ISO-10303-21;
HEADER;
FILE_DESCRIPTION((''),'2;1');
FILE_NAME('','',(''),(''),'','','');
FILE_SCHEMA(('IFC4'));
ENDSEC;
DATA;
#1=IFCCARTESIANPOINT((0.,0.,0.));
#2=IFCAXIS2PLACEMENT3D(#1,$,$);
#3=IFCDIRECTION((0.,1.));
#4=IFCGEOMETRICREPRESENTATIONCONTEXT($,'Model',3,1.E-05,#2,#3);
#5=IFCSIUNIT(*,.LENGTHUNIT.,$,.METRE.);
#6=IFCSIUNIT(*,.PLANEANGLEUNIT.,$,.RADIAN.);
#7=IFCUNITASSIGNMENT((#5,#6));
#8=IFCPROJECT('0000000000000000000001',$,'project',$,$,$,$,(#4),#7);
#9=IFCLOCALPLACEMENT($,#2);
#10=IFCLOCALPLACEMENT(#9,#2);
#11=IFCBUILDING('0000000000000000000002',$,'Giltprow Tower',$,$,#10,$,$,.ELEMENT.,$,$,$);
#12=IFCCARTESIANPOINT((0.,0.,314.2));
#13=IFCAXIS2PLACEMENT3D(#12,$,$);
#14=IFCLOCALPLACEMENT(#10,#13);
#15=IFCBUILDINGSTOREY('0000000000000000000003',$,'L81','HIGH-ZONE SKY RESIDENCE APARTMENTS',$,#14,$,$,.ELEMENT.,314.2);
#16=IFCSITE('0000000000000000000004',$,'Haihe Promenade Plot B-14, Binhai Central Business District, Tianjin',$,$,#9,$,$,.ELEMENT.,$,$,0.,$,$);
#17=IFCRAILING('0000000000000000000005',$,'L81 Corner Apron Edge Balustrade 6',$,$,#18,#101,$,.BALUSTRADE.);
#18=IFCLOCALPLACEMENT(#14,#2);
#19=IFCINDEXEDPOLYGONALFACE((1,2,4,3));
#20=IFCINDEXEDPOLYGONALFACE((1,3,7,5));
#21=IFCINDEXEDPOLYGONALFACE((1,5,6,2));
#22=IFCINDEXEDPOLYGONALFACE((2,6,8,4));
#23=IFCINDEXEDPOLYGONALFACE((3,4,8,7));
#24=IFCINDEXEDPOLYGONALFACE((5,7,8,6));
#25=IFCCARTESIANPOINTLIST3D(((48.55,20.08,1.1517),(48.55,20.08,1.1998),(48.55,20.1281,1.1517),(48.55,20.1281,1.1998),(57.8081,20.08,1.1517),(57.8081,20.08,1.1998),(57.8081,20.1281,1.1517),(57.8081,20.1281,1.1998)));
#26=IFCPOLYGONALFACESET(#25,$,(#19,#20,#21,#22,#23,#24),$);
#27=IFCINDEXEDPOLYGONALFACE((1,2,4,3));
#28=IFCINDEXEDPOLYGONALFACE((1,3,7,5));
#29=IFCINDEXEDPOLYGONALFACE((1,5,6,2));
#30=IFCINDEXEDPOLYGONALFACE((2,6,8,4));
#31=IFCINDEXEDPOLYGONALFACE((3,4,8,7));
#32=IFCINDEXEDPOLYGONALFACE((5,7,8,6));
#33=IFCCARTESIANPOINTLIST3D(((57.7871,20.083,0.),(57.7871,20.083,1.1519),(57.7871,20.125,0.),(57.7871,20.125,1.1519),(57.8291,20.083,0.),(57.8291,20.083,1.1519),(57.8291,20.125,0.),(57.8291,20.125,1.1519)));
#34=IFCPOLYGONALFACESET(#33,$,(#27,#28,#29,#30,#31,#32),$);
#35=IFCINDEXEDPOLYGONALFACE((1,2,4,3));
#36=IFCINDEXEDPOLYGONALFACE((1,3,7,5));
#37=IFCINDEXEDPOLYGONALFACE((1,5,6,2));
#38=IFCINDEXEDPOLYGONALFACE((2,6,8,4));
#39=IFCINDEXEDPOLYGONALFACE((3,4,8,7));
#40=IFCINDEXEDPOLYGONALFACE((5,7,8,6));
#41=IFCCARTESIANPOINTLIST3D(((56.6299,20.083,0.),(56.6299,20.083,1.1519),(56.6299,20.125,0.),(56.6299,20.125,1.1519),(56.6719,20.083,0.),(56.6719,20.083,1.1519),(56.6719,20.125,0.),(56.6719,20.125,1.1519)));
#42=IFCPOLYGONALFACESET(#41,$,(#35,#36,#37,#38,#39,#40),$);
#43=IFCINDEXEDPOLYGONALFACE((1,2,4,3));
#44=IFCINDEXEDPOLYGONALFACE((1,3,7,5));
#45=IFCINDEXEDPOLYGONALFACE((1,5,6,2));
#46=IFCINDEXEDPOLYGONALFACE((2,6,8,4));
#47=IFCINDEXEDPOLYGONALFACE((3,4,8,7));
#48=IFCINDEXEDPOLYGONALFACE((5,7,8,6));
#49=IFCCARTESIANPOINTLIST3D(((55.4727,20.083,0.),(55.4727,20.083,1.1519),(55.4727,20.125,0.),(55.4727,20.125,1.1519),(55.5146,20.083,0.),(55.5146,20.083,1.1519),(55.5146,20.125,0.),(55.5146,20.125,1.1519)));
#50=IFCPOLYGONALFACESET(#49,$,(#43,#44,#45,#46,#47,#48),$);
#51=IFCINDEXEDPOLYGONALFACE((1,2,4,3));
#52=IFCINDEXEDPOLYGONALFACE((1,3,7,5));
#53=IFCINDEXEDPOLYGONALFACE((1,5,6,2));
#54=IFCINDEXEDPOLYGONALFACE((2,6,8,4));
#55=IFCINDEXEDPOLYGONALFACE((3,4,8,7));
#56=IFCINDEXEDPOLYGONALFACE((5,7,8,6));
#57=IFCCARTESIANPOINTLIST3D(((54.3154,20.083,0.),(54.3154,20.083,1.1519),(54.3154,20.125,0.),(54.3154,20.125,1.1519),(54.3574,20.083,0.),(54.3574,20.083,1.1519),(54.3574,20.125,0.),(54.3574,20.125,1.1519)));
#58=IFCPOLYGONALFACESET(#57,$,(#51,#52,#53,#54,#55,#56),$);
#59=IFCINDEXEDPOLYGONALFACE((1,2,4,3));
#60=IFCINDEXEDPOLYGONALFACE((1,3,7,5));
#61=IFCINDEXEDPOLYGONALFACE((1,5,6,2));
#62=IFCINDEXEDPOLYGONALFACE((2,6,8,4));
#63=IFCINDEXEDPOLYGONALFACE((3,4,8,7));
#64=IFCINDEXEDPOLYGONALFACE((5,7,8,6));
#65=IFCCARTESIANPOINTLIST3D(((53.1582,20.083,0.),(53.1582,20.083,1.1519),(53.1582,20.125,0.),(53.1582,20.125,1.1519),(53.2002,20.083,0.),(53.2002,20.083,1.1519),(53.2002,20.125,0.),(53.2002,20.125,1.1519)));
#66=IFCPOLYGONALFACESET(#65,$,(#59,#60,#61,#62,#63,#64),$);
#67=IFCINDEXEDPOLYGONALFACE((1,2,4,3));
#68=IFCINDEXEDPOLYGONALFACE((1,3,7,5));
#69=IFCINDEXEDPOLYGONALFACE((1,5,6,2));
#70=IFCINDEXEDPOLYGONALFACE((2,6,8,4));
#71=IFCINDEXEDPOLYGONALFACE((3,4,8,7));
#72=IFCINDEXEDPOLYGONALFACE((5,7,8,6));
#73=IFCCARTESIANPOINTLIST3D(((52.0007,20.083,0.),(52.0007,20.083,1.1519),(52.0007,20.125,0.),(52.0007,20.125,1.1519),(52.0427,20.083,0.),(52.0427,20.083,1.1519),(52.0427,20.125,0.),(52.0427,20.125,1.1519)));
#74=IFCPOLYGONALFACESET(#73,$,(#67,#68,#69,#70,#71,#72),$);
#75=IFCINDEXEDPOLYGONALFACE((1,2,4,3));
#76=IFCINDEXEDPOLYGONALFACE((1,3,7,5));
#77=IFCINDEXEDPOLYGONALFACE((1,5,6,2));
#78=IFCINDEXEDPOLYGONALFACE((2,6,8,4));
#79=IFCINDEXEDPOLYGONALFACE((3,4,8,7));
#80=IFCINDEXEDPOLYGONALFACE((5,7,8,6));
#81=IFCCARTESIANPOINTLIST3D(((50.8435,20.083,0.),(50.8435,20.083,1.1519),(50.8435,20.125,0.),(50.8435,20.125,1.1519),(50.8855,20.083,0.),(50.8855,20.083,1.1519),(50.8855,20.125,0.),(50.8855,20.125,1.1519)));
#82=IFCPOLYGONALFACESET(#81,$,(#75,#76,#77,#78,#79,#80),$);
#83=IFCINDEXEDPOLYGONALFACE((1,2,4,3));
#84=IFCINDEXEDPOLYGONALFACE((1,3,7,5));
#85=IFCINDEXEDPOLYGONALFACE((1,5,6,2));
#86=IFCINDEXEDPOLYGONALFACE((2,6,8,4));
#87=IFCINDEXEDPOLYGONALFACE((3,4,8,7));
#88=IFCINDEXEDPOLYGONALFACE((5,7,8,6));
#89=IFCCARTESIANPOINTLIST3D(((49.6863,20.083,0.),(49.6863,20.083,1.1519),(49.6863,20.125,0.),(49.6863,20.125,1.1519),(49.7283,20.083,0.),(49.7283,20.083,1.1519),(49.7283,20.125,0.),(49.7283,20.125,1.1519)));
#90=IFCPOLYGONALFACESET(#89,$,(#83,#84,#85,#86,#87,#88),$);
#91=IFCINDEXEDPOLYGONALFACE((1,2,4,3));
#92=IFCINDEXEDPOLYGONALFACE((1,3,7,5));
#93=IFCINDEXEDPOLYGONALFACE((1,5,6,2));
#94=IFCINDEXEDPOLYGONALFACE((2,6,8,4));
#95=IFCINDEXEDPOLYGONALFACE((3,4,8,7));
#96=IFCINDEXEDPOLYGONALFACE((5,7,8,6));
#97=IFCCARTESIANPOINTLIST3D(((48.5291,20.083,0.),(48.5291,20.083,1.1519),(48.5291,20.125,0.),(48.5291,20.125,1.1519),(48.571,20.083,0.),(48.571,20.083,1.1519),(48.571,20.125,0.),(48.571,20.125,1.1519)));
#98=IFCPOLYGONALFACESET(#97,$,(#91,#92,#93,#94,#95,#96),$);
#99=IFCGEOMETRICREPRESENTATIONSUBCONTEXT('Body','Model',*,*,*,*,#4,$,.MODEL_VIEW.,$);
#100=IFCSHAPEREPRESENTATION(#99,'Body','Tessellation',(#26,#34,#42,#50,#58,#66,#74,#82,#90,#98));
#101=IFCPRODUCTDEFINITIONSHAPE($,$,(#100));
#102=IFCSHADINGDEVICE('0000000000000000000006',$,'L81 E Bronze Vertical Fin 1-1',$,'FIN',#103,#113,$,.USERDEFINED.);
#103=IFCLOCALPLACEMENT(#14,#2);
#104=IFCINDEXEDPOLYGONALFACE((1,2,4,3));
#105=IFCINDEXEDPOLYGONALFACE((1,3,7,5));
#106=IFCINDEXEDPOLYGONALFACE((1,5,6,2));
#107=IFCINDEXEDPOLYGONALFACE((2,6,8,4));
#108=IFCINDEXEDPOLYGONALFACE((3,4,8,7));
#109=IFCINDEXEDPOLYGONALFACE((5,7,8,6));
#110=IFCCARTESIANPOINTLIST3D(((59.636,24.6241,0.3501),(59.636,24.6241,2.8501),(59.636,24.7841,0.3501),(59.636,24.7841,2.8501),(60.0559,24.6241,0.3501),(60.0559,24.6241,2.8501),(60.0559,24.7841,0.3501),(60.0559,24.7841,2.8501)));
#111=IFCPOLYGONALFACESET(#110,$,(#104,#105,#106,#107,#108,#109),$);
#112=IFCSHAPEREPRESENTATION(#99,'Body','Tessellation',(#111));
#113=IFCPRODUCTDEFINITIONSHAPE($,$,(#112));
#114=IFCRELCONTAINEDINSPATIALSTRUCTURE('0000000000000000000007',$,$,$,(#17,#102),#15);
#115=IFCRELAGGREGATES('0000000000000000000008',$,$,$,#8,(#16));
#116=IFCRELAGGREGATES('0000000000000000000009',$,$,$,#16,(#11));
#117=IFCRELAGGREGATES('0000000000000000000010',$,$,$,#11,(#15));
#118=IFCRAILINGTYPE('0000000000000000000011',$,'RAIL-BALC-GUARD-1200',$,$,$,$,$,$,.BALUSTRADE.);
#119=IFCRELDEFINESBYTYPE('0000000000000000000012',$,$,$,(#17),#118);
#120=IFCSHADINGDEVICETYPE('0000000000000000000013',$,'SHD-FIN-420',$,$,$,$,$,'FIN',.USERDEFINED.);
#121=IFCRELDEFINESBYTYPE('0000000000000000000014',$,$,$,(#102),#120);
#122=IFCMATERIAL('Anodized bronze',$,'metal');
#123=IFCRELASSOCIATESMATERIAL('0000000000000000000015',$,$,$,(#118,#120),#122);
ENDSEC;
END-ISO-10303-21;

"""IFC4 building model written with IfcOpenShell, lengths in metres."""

from ifc_helpers import new_model, si_unit, direction, frame, origin, origin_2d, place, context, subcontext, project, spatial, rectangle, extrude, source, transform, mapped, material, type_object, element, save


model = new_model("IFC4")

# Units and contexts
model_context = context("Model", 3, precision=1e-05, world=origin(), true_north=direction((0.0, 1.0)))
body_context = subcontext(model_context, "Body", "Model", "MODEL_VIEW")
ifc_project = project(units=[si_unit("LENGTHUNIT", "METRE"), si_unit("PLANEANGLEUNIT", "RADIAN")], contexts=[model_context])

# Site, building, storey
site_placement = place(None, origin())
site = spatial("IfcSite", under=ifc_project, at=site_placement, Name="Haihe Promenade Plot B-14, Binhai Central Business District, Tianjin", CompositionType="ELEMENT", RefElevation=0.0)
building_placement = place(site_placement, origin())
building = spatial("IfcBuilding", under=site, at=building_placement, Name="Giltprow Tower", CompositionType="ELEMENT")
storey_placement = place(building_placement, frame((0.0, 0.0, 314.2)))
storey = spatial("IfcBuildingStorey", under=building, at=storey_placement, Name="L81", Description="HIGH-ZONE SKY RESIDENCE APARTMENTS", CompositionType="ELEMENT", Elevation=314.2)

# Shared definitions
ifc_material_1 = material(Name="Anodized bronze", Category="metal")

# Railing
railing_type = type_object("IfcRailingType", Name="RAIL-BALC-GUARD-1200", PredefinedType="BALUSTRADE", material=ifc_material_1)
railing_1_placement = place(storey_placement, frame((57.8081, 20.104, 0.0)))
element("IfcRailing", 1, at=railing_1_placement, inside=storey, type_object=railing_type, Name="L81 Corner Apron Edge Balustrade 6", PredefinedType="BALUSTRADE", context=body_context, shape_type="SweptSolid", body=[
    extrude(rectangle(XDim=0.0481, YDim=0.0481, at=origin_2d()), frame((0.0, 0.0, 1.1758), z_axis=(-1.0, 0.0, 0.0), x_axis=(0.0, -1.0, 0.0)), (0.0, 0.0, 1.0), 9.2581),
    extrude(rectangle(XDim=0.042, YDim=0.042, at=origin_2d()), origin(), (0.0, 0.0, 1.0), 1.1519),
    extrude(rectangle(XDim=0.042, YDim=0.042, at=origin_2d()), frame((-1.1572, 0.0, 0.0)), (0.0, 0.0, 1.0), 1.1519),
    extrude(rectangle(XDim=0.042, YDim=0.042, at=origin_2d()), frame((-2.3145, 0.0, 0.0)), (0.0, 0.0, 1.0), 1.1519),
    extrude(rectangle(XDim=0.042, YDim=0.042, at=origin_2d()), frame((-3.4717, 0.0, 0.0)), (0.0, 0.0, 1.0), 1.1519),
    extrude(rectangle(XDim=0.042, YDim=0.042, at=origin_2d()), frame((-4.6289, 0.0, 0.0)), (0.0, 0.0, 1.0), 1.1519),
    extrude(rectangle(XDim=0.042, YDim=0.042, at=origin_2d()), frame((-5.7864, 0.0, 0.0)), (0.0, 0.0, 1.0), 1.1519),
    extrude(rectangle(XDim=0.042, YDim=0.042, at=origin_2d()), frame((-6.9436, 0.0, 0.0)), (0.0, 0.0, 1.0), 1.1519),
    extrude(rectangle(XDim=0.042, YDim=0.042, at=origin_2d()), frame((-8.1008, 0.0, 0.0)), (0.0, 0.0, 1.0), 1.1519),
    extrude(rectangle(XDim=0.042, YDim=0.042, at=origin_2d()), frame((-9.2581, 0.0, 0.0)), (0.0, 0.0, 1.0), 1.1519),
])

# Shading device
shading_device_type = type_object("IfcShadingDeviceType", Name="SHD-FIN-420", ElementType="FIN", PredefinedType="USERDEFINED", material=ifc_material_1)
shared_shape_1 = source(origin(), body_context, "Body", "SweptSolid", [
    extrude(rectangle(XDim=0.4199, YDim=0.1599, at=origin_2d()), origin(), (0.0, 0.0, 1.0), 2.5),
])
shading_device_placement = place(storey_placement, frame((59.8459, 24.7041, 0.3501), z_axis=(0.0, 0.0, 1.0), x_axis=(1.0, 0.0, 0.0)))
element("IfcShadingDevice", 2, at=shading_device_placement, inside=storey, type_object=shading_device_type, Name="L81 E Bronze Vertical Fin 1-1", ObjectType="FIN", PredefinedType="USERDEFINED", context=body_context, shape_type="MappedRepresentation", body=[
    mapped(shared_shape_1, transform((0.0, 0.0, 0.0), x_axis=(1.0, 0.0, 0.0), y_axis=(0.0, 1.0, 0.0), z_axis=(0.0, 0.0, 1.0), scale=1.0)),
])

save(model, "model.ifc")
